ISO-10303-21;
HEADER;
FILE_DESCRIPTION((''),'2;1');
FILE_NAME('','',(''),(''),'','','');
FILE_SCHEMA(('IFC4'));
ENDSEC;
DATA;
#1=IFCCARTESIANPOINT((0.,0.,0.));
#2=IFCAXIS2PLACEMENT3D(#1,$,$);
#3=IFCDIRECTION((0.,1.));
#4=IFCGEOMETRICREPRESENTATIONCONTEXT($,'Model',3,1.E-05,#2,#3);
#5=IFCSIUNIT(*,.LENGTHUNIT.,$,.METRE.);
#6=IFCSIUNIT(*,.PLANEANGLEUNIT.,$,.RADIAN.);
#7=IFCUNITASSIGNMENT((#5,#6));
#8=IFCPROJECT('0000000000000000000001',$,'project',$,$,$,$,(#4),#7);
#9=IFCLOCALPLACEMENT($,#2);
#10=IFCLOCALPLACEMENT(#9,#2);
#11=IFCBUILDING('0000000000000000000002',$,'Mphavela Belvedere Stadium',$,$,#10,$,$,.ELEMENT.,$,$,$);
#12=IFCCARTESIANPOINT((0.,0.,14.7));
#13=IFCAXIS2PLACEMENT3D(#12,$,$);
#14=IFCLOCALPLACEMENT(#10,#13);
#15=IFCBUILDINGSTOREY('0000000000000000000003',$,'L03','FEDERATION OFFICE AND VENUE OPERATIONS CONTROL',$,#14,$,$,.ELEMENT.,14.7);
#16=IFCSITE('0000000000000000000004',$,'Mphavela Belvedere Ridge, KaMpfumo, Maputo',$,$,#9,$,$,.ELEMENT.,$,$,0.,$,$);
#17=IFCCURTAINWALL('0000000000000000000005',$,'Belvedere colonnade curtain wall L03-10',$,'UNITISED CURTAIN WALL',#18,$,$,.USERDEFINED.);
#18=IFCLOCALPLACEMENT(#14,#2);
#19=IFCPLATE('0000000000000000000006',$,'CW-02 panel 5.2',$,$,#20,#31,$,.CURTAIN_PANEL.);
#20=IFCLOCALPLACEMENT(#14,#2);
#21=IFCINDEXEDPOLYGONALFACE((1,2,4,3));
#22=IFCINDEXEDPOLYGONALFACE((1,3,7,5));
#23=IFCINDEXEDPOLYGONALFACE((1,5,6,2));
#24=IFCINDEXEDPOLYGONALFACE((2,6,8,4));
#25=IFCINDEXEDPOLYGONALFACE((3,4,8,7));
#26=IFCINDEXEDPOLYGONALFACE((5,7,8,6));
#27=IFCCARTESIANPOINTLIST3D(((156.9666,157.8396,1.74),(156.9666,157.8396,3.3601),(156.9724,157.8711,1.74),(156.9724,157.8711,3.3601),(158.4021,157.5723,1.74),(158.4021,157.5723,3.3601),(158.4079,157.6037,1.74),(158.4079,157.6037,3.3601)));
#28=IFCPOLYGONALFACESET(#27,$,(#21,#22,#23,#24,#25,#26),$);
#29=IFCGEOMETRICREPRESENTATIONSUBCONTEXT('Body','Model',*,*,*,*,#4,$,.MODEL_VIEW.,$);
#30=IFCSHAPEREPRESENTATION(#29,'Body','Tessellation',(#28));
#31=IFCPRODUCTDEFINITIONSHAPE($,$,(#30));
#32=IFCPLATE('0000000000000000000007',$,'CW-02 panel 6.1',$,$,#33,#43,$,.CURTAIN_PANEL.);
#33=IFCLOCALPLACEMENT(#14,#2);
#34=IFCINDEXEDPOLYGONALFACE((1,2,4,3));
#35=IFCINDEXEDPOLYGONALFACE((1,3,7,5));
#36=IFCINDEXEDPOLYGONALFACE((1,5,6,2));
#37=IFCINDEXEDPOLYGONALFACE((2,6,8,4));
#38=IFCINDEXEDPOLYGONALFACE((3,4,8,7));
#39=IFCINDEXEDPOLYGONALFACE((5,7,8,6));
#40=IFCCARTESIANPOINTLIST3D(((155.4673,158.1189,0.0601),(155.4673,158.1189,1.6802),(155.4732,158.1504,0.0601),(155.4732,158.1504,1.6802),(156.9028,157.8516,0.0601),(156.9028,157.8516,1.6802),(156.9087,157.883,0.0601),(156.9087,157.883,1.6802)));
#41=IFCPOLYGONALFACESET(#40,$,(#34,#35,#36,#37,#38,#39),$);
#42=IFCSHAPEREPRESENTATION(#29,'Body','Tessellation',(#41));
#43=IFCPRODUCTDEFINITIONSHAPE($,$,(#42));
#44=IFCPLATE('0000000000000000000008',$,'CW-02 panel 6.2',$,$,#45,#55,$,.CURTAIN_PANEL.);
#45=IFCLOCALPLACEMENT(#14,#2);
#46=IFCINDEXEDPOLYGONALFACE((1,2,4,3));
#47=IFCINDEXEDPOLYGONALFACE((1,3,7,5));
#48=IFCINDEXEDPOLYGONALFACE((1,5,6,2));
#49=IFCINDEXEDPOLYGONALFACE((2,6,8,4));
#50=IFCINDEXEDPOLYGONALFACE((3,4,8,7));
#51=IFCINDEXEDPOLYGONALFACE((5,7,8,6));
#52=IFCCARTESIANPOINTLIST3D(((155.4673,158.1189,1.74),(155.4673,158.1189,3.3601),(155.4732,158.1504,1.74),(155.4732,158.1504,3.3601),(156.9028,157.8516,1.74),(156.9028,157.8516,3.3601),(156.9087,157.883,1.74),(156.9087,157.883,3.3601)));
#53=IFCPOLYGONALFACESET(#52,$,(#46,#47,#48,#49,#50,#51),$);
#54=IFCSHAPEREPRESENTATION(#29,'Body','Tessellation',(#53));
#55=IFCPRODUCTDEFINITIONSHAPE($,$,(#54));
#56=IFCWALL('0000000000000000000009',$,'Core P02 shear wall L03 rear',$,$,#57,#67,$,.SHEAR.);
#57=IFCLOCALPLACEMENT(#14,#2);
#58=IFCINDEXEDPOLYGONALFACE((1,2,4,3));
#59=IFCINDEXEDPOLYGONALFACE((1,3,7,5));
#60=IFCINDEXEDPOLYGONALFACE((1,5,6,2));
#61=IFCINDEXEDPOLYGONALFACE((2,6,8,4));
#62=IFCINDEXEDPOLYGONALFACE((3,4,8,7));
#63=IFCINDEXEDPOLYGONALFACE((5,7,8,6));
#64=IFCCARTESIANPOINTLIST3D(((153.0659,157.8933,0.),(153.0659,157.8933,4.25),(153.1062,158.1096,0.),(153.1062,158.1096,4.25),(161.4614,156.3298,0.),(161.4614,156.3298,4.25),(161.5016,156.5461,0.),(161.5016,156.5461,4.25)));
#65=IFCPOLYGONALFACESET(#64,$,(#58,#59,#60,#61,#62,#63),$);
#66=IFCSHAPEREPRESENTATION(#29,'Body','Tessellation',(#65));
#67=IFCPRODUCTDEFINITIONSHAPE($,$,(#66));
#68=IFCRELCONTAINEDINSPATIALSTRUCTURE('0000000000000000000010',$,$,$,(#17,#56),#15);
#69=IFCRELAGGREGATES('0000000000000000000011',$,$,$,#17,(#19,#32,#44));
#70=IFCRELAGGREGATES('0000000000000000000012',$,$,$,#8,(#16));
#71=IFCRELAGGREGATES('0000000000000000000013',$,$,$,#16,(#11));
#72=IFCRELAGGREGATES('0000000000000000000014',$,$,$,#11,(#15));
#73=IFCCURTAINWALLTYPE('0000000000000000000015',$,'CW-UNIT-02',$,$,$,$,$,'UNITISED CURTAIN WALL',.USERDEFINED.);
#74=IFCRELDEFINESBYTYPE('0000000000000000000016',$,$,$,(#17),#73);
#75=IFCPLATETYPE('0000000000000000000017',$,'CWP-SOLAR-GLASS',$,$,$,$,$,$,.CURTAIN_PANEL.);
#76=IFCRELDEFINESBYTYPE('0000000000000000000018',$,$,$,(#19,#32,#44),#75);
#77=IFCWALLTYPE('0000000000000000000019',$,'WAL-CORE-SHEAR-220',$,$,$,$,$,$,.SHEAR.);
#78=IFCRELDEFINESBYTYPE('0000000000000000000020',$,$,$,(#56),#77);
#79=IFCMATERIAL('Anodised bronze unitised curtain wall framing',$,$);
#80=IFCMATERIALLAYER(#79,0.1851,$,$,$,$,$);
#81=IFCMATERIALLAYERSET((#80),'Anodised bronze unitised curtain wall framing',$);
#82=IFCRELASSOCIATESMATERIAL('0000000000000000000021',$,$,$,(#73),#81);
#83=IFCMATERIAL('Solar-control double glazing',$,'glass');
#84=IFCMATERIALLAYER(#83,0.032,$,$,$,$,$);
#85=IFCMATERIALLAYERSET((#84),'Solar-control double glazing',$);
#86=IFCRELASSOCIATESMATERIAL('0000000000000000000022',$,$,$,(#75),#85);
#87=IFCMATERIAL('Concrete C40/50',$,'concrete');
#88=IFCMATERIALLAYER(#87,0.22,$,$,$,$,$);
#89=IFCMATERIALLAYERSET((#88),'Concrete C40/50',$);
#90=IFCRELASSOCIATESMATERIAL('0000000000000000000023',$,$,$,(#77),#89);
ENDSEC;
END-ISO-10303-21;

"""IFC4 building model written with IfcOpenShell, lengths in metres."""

from ifc_helpers import new_model, si_unit, direction, frame, frame_2d, origin, origin_2d, place, context, subcontext, project, spatial, rectangle, extrude, material, layer, layer_set, type_object, element, aggregate, save


model = new_model("IFC4")

# Units and contexts
model_context = context("Model", 3, precision=1e-05, world=origin(), true_north=direction((0.0, 1.0)))
body_context = subcontext(model_context, "Body", "Model", "MODEL_VIEW")
ifc_project = project(units=[si_unit("LENGTHUNIT", "METRE"), si_unit("PLANEANGLEUNIT", "RADIAN")], contexts=[model_context])

# Site, building, storey
site_placement = place(None, origin())
site = spatial("IfcSite", under=ifc_project, at=site_placement, Name="Mphavela Belvedere Ridge, KaMpfumo, Maputo", CompositionType="ELEMENT", RefElevation=0.0)
building_placement = place(site_placement, origin())
building = spatial("IfcBuilding", under=site, at=building_placement, Name="Mphavela Belvedere Stadium", CompositionType="ELEMENT")
storey_placement = place(building_placement, frame((0.0, 0.0, 14.7)))
storey = spatial("IfcBuildingStorey", under=building, at=storey_placement, Name="L03", Description="FEDERATION OFFICE AND VENUE OPERATIONS CONTROL", CompositionType="ELEMENT", Elevation=14.7)

# Curtain wall, plates
ifc_material_1 = material(Name="Anodised bronze unitised curtain wall framing")
ifc_layer_1 = layer(ifc_material_1, 0.1851)
ifc_layer_set_1 = layer_set([ifc_layer_1], Name="Anodised bronze unitised curtain wall framing")
curtain_wall_type = type_object("IfcCurtainWallType", Name="CW-UNIT-02", ElementType="UNITISED CURTAIN WALL", PredefinedType="USERDEFINED", material=ifc_layer_set_1)
curtain_wall_placement = place(storey_placement, origin())
curtain_wall = element("IfcCurtainWall", 1, at=curtain_wall_placement, inside=storey, type_object=curtain_wall_type, Name="Belvedere colonnade curtain wall L03-10", ObjectType="UNITISED CURTAIN WALL", PredefinedType="USERDEFINED")
ifc_material_2 = material(Name="Solar-control double glazing", Category="glass")
ifc_layer_2 = layer(ifc_material_2, 0.032)
ifc_layer_set_2 = layer_set([ifc_layer_2], Name="Solar-control double glazing")
plate_type = type_object("IfcPlateType", Name="CWP-SOLAR-GLASS", PredefinedType="CURTAIN_PANEL", material=ifc_layer_set_2)
plate_1_placement = place(storey_placement, frame((157.6873, 157.7217, 1.74), z_axis=(0.0, 0.0, 1.0), x_axis=(-0.983097, 0.183088, 0.0)))
plate_1 = element("IfcPlate", 2, at=plate_1_placement, type_object=plate_type, Name="CW-02 panel 5.2", PredefinedType="CURTAIN_PANEL", context=body_context, shape_type="SweptSolid", body=[
    extrude(rectangle(XDim=1.4602, YDim=0.032, at=origin_2d()), origin(), (0.0, 0.0, 1.0), 1.6201),
])
plate_2_placement = place(storey_placement, frame((156.188, 158.001, 0.0601), z_axis=(0.0, 0.0, 1.0), x_axis=(-0.983097, 0.183088, 0.0)))
plate_2 = element("IfcPlate", 3, at=plate_2_placement, type_object=plate_type, Name="CW-02 panel 6.1", PredefinedType="CURTAIN_PANEL", context=body_context, shape_type="SweptSolid", body=[
    extrude(rectangle(XDim=1.4602, YDim=0.032, at=origin_2d()), origin(), (0.0, 0.0, 1.0), 1.6201),
])
plate_3_placement = place(storey_placement, frame((156.188, 158.001, 1.74), z_axis=(0.0, 0.0, 1.0), x_axis=(-0.983097, 0.183088, 0.0)))
plate_3 = element("IfcPlate", 4, at=plate_3_placement, type_object=plate_type, Name="CW-02 panel 6.2", PredefinedType="CURTAIN_PANEL", context=body_context, shape_type="SweptSolid", body=[
    extrude(rectangle(XDim=1.4602, YDim=0.032, at=origin_2d()), origin(), (0.0, 0.0, 1.0), 1.6201),
])
aggregate(curtain_wall, [plate_1, plate_2, plate_3])

# Wall
ifc_material_3 = material(Name="Concrete C40/50", Category="concrete")
ifc_layer_3 = layer(ifc_material_3, 0.22)
ifc_layer_set_3 = layer_set([ifc_layer_3], Name="Concrete C40/50")
wall_type = type_object("IfcWallType", Name="WAL-CORE-SHEAR-220", PredefinedType="SHEAR", material=ifc_layer_set_3)
wall_placement = place(storey_placement, frame((153.0859, 158.0015, 0.0), z_axis=(0.0, 0.0, 1.0), x_axis=(0.983098, -0.18308, 0.0)))
element("IfcWall", 5, at=wall_placement, inside=storey, type_object=wall_type, Name="Core P02 shear wall L03 rear", PredefinedType="SHEAR", context=body_context, shape_type="SweptSolid", body=[
    extrude(rectangle(XDim=8.5398, YDim=0.22, at=frame_2d((4.27, 0.0))), origin(), (0.0, 0.0, 1.0), 4.25),
])

save(model, "model.ifc")
